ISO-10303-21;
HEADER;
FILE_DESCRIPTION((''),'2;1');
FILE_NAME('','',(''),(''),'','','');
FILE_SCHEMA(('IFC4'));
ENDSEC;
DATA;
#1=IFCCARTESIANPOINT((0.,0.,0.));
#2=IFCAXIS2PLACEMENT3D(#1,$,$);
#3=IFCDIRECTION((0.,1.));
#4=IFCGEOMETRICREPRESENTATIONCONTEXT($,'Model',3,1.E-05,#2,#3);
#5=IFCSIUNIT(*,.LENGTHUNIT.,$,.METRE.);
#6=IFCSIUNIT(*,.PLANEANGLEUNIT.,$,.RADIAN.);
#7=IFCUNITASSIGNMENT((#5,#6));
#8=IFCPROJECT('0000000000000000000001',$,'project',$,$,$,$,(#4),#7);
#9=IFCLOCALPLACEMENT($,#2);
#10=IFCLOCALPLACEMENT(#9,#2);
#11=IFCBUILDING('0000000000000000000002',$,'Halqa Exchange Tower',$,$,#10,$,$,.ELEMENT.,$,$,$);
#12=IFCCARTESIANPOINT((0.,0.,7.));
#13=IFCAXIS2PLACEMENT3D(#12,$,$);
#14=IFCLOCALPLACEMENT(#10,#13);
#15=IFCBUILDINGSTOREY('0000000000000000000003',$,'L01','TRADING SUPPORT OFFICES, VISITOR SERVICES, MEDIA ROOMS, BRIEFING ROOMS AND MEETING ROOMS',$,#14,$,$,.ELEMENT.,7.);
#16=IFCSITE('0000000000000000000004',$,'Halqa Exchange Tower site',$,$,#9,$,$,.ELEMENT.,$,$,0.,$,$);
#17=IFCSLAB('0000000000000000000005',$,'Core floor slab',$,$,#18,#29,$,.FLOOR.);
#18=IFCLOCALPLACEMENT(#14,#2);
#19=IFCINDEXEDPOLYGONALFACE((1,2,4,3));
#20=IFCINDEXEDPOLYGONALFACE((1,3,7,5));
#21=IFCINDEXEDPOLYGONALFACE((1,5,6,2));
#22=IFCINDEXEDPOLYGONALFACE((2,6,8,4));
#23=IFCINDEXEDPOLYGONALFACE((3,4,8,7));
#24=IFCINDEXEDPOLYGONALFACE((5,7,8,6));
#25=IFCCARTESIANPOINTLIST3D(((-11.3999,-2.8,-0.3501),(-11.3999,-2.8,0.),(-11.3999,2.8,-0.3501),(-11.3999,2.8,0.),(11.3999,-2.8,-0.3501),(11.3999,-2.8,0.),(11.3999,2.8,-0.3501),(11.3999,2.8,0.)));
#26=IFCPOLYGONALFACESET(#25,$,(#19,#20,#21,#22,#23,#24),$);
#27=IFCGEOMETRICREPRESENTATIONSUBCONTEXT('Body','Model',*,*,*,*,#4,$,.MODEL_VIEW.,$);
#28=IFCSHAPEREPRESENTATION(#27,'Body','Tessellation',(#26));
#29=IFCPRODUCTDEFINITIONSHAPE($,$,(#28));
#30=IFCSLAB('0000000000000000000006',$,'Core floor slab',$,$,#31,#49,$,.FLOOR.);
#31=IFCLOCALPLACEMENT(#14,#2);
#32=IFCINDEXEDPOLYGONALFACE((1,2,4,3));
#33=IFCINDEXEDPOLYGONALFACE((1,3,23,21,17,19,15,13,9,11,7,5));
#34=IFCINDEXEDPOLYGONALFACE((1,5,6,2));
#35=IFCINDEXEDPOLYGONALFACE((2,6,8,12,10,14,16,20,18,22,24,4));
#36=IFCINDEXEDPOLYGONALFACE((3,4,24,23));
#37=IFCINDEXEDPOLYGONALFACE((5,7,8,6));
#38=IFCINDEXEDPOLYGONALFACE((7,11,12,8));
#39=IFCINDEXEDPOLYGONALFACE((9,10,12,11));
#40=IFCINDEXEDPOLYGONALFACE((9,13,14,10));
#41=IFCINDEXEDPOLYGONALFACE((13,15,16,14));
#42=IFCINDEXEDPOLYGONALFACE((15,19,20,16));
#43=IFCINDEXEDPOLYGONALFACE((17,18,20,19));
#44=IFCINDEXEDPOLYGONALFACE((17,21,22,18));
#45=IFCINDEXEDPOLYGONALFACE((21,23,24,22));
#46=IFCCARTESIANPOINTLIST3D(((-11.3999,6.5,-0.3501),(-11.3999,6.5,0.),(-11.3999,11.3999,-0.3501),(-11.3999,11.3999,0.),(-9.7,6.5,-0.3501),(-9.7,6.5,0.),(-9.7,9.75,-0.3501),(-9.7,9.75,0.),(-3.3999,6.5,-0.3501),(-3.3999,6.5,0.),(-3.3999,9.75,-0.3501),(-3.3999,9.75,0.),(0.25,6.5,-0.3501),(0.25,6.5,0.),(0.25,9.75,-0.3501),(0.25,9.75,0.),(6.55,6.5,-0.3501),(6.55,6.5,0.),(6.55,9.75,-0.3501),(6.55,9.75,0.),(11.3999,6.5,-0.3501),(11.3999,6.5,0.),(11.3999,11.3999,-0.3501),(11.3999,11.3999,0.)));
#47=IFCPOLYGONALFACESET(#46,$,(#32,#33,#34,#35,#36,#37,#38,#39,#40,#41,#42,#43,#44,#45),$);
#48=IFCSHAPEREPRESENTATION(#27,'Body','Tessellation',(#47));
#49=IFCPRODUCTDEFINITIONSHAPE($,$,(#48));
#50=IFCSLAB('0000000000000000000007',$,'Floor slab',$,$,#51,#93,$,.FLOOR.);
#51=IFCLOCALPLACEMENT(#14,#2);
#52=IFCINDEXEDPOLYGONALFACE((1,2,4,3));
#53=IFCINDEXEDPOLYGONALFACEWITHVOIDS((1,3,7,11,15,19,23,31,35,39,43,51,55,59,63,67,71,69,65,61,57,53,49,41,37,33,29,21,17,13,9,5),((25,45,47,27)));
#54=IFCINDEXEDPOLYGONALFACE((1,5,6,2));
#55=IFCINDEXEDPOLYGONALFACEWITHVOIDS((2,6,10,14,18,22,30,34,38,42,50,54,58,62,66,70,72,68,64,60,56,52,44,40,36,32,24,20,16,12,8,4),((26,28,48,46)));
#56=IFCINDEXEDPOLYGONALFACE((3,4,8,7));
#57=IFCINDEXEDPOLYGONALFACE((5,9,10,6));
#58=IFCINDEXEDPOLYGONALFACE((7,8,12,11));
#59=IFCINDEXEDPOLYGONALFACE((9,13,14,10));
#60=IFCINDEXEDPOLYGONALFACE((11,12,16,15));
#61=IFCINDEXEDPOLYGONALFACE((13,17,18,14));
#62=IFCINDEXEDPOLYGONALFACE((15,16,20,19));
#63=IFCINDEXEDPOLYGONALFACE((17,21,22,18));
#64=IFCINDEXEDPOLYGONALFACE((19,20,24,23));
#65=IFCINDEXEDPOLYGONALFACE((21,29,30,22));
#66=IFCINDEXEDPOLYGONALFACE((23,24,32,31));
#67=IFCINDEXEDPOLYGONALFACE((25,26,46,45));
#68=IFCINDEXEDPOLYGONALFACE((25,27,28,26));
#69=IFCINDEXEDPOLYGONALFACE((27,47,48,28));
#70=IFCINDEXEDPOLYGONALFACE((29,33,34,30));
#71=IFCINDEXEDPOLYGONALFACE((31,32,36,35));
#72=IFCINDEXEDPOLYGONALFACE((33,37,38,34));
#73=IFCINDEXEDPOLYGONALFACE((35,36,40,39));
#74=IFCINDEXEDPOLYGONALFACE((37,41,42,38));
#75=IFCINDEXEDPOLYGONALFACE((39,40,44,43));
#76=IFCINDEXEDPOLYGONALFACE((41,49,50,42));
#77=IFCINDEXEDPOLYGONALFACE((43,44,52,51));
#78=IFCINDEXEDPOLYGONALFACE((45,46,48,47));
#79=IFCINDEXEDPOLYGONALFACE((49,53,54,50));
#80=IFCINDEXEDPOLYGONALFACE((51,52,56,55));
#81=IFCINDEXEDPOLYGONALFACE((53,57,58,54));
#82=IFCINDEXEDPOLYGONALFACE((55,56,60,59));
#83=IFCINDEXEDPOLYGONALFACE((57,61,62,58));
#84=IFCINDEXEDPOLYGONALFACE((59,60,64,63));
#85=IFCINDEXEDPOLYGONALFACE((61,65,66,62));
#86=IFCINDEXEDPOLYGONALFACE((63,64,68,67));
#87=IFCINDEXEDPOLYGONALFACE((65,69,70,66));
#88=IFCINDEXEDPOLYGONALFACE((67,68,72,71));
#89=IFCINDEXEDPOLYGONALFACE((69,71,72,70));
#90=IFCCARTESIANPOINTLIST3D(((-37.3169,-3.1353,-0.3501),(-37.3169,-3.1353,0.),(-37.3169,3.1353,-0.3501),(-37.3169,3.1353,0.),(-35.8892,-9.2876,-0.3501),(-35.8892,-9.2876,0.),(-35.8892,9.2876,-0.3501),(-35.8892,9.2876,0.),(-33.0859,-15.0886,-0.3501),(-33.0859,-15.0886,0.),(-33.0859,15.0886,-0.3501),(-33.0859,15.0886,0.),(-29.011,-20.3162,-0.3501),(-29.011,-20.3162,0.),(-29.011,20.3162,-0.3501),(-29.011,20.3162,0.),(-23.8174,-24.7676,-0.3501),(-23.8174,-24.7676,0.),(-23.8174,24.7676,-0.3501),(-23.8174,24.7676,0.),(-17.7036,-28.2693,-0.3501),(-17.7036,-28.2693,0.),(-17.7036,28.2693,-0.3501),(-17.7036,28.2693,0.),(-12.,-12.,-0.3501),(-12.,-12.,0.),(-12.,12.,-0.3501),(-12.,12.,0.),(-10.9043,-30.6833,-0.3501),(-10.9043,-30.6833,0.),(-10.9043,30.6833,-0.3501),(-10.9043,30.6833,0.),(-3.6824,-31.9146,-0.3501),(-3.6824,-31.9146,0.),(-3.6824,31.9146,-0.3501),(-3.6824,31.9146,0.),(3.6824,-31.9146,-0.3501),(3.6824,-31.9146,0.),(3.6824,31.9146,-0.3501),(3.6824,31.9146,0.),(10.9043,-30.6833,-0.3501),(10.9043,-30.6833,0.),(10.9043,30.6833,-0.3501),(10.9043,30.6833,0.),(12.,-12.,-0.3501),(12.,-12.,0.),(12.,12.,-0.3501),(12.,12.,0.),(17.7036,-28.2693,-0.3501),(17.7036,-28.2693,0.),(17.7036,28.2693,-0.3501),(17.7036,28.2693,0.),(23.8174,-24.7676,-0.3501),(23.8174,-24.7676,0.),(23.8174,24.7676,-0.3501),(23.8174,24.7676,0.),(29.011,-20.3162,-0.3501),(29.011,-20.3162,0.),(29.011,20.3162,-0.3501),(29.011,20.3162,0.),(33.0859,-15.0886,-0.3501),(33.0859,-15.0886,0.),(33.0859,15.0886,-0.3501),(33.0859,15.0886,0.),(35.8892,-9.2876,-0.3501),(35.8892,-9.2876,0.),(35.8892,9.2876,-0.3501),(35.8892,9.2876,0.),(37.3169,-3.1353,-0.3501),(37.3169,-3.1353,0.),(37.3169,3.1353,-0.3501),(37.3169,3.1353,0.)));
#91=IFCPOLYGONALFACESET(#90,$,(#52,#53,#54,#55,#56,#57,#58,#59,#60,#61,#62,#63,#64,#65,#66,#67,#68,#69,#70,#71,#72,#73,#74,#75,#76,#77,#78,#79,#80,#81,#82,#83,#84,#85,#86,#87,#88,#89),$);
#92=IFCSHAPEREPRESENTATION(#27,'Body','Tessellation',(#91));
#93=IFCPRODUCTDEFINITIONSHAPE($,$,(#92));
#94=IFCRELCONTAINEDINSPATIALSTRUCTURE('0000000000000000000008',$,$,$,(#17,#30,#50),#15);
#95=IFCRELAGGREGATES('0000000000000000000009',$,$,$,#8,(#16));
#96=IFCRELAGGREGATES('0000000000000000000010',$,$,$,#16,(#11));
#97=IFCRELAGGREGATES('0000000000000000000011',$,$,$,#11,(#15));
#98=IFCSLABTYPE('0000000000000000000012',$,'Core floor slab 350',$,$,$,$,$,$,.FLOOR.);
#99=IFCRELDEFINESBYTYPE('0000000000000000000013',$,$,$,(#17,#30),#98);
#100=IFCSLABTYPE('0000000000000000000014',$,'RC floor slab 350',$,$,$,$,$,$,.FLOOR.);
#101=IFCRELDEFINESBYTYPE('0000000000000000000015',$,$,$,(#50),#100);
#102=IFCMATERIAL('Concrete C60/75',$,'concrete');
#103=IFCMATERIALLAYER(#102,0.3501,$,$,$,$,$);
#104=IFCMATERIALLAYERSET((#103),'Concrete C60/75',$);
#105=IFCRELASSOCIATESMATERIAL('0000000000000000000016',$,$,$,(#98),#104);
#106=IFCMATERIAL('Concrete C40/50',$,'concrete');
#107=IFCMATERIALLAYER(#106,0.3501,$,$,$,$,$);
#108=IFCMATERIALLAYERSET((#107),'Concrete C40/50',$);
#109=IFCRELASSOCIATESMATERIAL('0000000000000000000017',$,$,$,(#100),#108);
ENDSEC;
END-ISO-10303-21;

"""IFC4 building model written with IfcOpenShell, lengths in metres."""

from ifc_helpers import new_model, si_unit, direction, frame, origin, place, context, subcontext, project, spatial, polyline, outline, extrude, material, layer, layer_set, type_object, element, save


model = new_model("IFC4")

# Units and contexts
model_context = context("Model", 3, precision=1e-05, world=origin(), true_north=direction((0.0, 1.0)))
body_context = subcontext(model_context, "Body", "Model", "MODEL_VIEW")
ifc_project = project(units=[si_unit("LENGTHUNIT", "METRE"), si_unit("PLANEANGLEUNIT", "RADIAN")], contexts=[model_context])

# Site, building, storey
site_placement = place(None, origin())
site = spatial("IfcSite", under=ifc_project, at=site_placement, Name="Halqa Exchange Tower site", CompositionType="ELEMENT", RefElevation=0.0)
building_placement = place(site_placement, origin())
building = spatial("IfcBuilding", under=site, at=building_placement, Name="Halqa Exchange Tower", CompositionType="ELEMENT")
storey_placement = place(building_placement, frame((0.0, 0.0, 7.0)))
storey = spatial("IfcBuildingStorey", under=building, at=storey_placement, Name="L01", Description="TRADING SUPPORT OFFICES, VISITOR SERVICES, MEDIA ROOMS, BRIEFING ROOMS AND MEETING ROOMS", CompositionType="ELEMENT", Elevation=7.0)

# Slabs
ifc_material_1 = material(Name="Concrete C60/75", Category="concrete")
ifc_layer_1 = layer(ifc_material_1, 0.3501)
ifc_layer_set_1 = layer_set([ifc_layer_1], Name="Concrete C60/75")
slab_type_1 = type_object("IfcSlabType", Name="Core floor slab 350", PredefinedType="FLOOR", material=ifc_layer_set_1)
slab_1_placement = place(storey_placement, frame((0.0, 0.0, -0.3501)))
element("IfcSlab", 1, at=slab_1_placement, inside=storey, type_object=slab_type_1, Name="Core floor slab", PredefinedType="FLOOR", context=body_context, shape_type="SweptSolid", body=[
    extrude(outline(polyline([(-11.3999, 2.8), (11.3999, 2.8), (11.3999, -2.8), (-11.3999, -2.8), (-11.3999, 2.8)])), origin(), (0.0, 0.0, 1.0), 0.3501),
])
slab_2_placement = place(storey_placement, frame((0.0, 0.0, -0.3501)))
element("IfcSlab", 2, at=slab_2_placement, inside=storey, type_object=slab_type_1, Name="Core floor slab", PredefinedType="FLOOR", context=body_context, shape_type="SweptSolid", body=[
    extrude(outline(polyline([(-11.3999, 11.3999), (11.3999, 11.3999), (11.3999, 6.5), (6.55, 6.5), (6.55, 9.75), (0.25, 9.75), (0.25, 6.5), (-3.3999, 6.5), (-3.3999, 9.75), (-9.7, 9.75), (-9.7, 6.5), (-11.3999, 6.5), (-11.3999, 11.3999)])), origin(), (0.0, 0.0, 1.0), 0.3501),
])
ifc_material_2 = material(Name="Concrete C40/50", Category="concrete")
ifc_layer_2 = layer(ifc_material_2, 0.3501)
ifc_layer_set_2 = layer_set([ifc_layer_2], Name="Concrete C40/50")
slab_type_2 = type_object("IfcSlabType", Name="RC floor slab 350", PredefinedType="FLOOR", material=ifc_layer_set_2)
slab_3_placement = place(storey_placement, frame((0.0, 0.0, -0.3501)))
element("IfcSlab", 3, at=slab_3_placement, inside=storey, type_object=slab_type_2, Name="Floor slab", PredefinedType="FLOOR", context=body_context, shape_type="SweptSolid", body=[
    extrude(outline(polyline([(37.3169, 3.1353), (37.3169, -3.1353), (35.8892, -9.2876), (33.0859, -15.0886), (29.011, -20.3162), (23.8174, -24.7676), (17.7036, -28.2693), (10.9043, -30.6833), (3.6824, -31.9146), (-3.6824, -31.9146), (-10.9043, -30.6833), (-17.7036, -28.2693), (-23.8174, -24.7676), (-29.011, -20.3162), (-33.0859, -15.0886), (-35.8892, -9.2876), (-37.3169, -3.1353), (-37.3169, 3.1353), (-35.8892, 9.2876), (-33.0859, 15.0886), (-29.011, 20.3162), (-23.8174, 24.7676), (-17.7036, 28.2693), (-10.9043, 30.6833), (-3.6824, 31.9146), (3.6824, 31.9146), (10.9043, 30.6833), (17.7036, 28.2693), (23.8174, 24.7676), (29.011, 20.3162), (33.0859, 15.0886), (35.8892, 9.2876), (37.3169, 3.1353)]), holes=[polyline([(-12.0, -12.0), (12.0, -12.0), (12.0, 12.0), (-12.0, 12.0), (-12.0, -12.0)])]), origin(), (0.0, 0.0, 1.0), 0.3501),
])

save(model, "model.ifc")
